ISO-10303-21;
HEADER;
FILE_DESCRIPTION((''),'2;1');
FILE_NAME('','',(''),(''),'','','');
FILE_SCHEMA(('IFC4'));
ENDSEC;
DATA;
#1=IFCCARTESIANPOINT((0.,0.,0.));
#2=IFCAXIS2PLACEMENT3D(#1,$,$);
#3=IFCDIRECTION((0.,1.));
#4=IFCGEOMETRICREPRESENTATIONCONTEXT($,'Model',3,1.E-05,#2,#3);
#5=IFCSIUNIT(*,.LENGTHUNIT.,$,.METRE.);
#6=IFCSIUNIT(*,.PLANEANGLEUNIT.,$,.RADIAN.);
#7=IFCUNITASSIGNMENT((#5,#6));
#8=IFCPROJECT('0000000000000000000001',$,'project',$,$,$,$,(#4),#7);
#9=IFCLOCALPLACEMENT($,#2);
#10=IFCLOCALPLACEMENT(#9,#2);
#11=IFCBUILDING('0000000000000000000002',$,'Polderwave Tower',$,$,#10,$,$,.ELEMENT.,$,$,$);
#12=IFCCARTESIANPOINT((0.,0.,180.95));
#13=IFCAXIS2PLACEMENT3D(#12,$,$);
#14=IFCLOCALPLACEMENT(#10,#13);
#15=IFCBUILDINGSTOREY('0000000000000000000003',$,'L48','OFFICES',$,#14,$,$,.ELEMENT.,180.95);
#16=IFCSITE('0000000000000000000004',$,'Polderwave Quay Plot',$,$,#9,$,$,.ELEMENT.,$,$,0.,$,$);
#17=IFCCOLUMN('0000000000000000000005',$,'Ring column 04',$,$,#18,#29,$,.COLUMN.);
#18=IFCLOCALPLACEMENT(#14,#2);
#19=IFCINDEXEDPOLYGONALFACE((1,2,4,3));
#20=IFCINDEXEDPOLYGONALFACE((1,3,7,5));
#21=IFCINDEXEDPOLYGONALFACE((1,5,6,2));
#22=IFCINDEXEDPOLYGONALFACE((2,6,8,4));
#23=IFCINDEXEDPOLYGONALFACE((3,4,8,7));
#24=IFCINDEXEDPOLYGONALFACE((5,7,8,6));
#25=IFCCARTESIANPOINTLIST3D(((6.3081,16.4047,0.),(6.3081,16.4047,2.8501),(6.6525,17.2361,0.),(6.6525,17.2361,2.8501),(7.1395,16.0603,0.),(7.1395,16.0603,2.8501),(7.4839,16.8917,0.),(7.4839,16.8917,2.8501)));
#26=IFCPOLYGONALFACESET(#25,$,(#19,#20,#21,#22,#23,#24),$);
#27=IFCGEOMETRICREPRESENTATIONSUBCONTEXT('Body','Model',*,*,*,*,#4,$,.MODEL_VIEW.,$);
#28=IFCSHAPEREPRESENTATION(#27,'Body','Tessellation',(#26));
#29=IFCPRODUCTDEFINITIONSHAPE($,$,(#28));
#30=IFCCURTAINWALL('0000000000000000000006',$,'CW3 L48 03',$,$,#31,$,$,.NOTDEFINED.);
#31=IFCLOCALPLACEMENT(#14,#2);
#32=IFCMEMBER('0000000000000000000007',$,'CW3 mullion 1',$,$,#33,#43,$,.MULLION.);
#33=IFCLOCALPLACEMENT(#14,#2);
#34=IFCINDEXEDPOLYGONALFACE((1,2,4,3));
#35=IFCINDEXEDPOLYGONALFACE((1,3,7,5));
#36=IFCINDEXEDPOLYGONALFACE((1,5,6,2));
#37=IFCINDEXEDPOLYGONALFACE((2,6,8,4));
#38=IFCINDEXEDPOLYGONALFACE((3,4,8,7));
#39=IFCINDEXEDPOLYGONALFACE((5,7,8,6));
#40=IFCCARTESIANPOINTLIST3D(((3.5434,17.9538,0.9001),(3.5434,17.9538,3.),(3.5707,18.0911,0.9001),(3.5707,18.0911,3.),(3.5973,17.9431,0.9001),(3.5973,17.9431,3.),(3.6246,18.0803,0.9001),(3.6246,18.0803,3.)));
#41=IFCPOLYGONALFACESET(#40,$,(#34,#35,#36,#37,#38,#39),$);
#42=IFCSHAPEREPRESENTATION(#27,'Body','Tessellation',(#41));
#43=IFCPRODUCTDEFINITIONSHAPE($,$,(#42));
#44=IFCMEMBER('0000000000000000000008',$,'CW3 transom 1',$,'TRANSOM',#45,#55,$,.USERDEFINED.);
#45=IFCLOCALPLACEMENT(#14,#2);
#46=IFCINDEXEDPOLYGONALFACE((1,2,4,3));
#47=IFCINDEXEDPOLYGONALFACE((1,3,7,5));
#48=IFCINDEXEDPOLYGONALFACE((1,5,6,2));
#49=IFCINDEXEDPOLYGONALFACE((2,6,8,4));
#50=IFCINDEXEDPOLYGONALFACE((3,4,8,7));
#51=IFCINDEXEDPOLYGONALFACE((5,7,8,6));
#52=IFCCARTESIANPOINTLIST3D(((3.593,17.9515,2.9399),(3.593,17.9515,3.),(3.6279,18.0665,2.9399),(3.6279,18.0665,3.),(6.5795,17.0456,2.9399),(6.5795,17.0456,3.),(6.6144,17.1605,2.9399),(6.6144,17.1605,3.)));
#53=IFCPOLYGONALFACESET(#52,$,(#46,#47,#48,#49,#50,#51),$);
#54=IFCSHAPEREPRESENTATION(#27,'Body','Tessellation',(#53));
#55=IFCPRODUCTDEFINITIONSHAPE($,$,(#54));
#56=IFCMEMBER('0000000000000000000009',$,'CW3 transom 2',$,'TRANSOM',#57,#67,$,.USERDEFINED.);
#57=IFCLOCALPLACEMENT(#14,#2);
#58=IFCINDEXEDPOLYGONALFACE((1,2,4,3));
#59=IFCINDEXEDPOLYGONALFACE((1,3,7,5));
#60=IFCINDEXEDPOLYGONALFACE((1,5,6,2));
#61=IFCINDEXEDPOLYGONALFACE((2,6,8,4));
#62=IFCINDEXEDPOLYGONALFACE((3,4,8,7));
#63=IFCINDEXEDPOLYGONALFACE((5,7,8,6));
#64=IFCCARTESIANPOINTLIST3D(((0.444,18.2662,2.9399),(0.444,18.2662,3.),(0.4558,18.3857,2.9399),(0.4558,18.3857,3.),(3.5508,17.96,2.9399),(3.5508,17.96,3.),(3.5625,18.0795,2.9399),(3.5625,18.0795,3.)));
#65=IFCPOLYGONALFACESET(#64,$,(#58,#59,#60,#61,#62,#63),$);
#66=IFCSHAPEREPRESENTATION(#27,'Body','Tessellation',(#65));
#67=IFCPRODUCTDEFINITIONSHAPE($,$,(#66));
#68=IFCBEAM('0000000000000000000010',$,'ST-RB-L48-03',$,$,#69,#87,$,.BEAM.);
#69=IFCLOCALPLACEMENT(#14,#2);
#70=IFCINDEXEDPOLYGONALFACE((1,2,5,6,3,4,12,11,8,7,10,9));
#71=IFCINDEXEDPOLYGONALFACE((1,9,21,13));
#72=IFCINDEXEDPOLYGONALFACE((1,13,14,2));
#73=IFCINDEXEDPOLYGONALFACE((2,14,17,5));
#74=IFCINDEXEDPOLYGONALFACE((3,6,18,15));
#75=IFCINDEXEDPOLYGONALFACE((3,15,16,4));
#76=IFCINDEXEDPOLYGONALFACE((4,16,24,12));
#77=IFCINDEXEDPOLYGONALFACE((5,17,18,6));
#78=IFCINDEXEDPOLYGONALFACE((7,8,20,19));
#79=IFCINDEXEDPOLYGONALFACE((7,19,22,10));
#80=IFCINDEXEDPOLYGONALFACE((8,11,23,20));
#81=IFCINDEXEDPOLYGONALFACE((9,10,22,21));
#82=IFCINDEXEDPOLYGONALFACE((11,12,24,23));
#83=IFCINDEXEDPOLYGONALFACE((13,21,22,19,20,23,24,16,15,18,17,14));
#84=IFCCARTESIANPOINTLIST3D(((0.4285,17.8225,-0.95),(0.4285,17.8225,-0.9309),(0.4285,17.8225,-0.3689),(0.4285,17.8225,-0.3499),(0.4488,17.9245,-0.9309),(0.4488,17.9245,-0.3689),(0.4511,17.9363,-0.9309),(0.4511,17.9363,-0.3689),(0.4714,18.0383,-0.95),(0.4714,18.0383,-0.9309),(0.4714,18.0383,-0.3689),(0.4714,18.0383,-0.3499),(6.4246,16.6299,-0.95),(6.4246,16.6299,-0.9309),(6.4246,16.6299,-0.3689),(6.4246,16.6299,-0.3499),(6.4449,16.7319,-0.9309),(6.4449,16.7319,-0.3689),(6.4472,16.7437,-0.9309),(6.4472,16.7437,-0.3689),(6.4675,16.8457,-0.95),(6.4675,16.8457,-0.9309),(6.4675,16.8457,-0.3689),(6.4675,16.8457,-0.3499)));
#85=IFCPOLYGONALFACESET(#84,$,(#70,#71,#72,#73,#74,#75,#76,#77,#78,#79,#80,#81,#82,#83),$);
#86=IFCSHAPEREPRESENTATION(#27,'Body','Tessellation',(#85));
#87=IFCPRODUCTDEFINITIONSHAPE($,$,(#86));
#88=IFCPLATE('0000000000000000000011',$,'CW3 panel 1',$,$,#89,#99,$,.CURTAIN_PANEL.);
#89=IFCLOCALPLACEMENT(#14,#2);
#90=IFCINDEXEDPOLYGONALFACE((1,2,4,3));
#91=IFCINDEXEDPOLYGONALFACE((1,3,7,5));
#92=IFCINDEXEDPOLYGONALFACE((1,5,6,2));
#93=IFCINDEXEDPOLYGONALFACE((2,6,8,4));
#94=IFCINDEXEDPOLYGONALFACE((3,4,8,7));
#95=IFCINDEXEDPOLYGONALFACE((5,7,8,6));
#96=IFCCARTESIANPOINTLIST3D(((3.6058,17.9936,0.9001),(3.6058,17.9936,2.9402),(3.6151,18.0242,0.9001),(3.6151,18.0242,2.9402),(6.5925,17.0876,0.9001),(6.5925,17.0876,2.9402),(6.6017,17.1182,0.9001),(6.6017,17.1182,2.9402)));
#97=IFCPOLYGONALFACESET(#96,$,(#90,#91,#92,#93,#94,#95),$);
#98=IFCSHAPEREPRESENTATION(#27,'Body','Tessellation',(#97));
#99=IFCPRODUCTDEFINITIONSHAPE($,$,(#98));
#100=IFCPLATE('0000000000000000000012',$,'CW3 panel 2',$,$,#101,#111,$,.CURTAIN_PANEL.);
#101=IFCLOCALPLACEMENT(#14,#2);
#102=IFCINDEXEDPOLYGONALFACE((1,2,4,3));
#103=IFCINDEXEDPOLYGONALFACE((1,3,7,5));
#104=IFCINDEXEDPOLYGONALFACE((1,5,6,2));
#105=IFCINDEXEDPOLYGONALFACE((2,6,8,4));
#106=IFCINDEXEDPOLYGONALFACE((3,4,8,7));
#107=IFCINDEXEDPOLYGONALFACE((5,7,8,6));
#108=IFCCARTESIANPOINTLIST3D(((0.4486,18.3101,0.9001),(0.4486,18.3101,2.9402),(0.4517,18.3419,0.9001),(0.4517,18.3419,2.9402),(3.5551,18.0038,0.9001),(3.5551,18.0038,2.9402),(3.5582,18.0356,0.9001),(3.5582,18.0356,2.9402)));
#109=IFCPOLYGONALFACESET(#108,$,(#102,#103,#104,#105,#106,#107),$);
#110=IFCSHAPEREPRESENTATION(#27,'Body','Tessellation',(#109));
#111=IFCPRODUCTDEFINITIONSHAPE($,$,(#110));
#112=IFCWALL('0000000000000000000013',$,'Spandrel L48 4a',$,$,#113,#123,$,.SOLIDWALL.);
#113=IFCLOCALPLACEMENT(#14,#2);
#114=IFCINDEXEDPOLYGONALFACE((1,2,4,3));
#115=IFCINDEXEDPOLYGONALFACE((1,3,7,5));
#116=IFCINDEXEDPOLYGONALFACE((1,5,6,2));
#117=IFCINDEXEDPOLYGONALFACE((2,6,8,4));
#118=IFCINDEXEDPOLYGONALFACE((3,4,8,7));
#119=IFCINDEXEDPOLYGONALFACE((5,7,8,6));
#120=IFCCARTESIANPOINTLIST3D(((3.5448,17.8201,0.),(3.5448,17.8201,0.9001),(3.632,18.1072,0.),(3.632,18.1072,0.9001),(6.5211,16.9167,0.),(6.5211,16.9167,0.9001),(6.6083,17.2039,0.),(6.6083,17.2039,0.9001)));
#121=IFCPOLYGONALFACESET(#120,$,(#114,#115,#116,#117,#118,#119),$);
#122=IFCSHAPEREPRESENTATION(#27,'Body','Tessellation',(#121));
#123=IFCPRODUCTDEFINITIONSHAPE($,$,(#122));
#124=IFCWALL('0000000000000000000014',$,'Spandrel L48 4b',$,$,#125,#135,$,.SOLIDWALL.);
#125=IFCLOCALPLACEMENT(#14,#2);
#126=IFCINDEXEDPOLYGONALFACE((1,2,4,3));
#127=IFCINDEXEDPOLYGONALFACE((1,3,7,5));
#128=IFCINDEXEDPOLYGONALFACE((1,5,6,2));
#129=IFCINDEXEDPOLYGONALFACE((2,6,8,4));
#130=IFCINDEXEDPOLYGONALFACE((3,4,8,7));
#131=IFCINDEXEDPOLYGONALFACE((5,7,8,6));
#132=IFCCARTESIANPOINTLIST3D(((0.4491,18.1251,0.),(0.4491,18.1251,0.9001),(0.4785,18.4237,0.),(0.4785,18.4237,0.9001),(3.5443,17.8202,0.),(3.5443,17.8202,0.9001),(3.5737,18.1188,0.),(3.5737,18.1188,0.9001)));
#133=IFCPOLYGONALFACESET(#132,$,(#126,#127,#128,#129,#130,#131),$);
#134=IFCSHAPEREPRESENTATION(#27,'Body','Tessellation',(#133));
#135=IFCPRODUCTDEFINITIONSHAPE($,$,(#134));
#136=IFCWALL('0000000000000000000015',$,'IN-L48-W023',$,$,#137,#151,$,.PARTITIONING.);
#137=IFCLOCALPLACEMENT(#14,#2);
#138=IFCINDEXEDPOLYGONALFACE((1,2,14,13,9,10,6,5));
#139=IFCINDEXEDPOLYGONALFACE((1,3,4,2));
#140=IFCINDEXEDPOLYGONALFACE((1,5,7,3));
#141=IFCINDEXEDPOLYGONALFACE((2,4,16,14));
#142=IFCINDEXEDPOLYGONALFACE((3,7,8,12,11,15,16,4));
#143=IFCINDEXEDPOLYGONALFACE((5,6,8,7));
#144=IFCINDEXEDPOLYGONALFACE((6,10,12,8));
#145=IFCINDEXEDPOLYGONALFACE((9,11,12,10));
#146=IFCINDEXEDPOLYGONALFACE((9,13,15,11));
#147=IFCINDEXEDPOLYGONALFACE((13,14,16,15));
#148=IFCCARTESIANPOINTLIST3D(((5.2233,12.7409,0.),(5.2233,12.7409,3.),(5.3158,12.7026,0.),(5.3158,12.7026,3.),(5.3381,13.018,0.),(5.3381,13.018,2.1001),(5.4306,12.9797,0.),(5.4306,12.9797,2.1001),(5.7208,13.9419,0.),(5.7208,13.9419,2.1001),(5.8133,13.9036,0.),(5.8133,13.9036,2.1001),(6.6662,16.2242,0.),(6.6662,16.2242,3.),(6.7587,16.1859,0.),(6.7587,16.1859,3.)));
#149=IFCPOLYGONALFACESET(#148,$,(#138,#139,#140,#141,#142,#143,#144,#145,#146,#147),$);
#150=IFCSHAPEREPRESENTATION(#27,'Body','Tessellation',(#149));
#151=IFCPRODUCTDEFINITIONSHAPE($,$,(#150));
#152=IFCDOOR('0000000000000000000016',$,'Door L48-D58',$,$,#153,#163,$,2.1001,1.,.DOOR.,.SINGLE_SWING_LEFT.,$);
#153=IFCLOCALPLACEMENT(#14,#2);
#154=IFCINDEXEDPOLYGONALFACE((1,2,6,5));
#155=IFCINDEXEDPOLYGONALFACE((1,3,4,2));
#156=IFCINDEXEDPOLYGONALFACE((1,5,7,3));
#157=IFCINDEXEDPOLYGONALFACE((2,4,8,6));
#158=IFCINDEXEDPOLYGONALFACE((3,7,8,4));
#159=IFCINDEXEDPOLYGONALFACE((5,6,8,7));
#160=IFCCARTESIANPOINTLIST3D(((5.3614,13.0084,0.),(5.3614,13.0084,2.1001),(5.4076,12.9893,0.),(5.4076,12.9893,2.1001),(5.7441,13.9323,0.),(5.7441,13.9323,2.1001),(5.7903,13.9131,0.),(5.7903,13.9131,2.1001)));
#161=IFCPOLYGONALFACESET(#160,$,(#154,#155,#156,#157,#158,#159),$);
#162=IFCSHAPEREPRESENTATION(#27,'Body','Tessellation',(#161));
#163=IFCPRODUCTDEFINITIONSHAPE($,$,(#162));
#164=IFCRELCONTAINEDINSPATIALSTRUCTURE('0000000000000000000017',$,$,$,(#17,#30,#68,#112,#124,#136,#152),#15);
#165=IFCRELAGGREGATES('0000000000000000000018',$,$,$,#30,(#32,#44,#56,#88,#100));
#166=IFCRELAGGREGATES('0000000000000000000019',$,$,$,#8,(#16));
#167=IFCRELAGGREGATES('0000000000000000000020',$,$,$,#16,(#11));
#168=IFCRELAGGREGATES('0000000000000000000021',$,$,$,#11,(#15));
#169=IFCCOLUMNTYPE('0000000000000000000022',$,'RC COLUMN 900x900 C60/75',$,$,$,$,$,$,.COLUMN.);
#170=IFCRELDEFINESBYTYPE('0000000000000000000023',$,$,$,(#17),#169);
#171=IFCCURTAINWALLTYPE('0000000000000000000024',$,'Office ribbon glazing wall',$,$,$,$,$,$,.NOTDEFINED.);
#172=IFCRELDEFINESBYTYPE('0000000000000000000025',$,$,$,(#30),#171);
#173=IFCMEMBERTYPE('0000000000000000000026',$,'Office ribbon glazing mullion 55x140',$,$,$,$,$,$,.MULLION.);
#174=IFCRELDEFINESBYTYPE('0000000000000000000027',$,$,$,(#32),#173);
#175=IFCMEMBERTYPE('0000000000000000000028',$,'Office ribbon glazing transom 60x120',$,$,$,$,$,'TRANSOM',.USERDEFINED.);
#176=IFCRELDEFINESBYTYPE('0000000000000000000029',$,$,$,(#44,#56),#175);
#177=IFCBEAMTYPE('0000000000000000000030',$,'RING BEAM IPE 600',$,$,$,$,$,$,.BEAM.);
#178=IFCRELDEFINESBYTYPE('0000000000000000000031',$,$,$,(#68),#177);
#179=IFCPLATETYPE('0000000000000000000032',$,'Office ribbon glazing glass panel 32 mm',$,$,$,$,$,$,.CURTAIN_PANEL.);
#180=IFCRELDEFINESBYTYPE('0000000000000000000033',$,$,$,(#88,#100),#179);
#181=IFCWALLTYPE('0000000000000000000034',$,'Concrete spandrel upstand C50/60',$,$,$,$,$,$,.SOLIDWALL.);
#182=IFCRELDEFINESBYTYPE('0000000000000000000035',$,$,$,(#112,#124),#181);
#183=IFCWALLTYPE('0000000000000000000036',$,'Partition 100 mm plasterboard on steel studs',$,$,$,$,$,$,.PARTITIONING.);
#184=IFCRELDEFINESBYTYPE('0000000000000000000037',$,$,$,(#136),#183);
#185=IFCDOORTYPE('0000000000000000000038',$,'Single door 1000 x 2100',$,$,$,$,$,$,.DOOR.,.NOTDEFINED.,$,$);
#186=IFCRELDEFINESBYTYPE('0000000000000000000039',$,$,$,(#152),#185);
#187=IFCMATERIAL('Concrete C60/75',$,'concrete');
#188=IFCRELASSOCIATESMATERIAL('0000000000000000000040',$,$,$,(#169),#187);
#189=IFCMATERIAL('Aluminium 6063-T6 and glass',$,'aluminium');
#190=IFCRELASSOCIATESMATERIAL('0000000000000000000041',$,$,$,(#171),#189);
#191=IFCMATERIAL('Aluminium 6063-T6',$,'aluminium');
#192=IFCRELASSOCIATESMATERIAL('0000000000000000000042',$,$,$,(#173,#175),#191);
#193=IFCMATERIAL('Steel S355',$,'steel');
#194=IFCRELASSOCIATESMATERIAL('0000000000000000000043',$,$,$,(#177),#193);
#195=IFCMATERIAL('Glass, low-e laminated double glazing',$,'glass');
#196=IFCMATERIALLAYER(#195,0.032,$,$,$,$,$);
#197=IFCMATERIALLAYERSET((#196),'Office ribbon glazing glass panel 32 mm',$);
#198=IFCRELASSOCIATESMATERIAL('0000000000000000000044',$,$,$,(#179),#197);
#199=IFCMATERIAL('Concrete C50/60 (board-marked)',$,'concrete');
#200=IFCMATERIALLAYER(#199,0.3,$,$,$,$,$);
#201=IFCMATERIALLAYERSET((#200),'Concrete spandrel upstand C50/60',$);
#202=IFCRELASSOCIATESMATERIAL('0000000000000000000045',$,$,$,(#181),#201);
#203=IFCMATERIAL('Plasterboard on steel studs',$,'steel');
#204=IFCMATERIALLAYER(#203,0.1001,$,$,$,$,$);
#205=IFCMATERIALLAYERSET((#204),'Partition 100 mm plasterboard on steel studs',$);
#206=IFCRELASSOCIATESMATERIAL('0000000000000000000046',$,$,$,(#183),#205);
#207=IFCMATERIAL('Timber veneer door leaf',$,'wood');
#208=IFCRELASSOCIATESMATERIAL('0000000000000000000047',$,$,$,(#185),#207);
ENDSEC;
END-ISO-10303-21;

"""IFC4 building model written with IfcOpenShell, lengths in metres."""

from ifc_helpers import new_model, si_unit, direction, frame, frame_2d, origin, origin_2d, place, context, subcontext, project, spatial, rectangle, i_section, extrude, material, layer, layer_set, material_profile, profile_set, type_object, element, fill, aggregate, save


model = new_model("IFC4")

# Units and contexts
model_context = context("Model", 3, precision=1e-05, world=origin(), true_north=direction((0.0, 1.0)))
body_context = subcontext(model_context, "Body", "Model", "MODEL_VIEW")
ifc_project = project(units=[si_unit("LENGTHUNIT", "METRE"), si_unit("PLANEANGLEUNIT", "RADIAN")], contexts=[model_context])

# Site, building, storey
site_placement = place(None, origin())
site = spatial("IfcSite", under=ifc_project, at=site_placement, Name="Polderwave Quay Plot", CompositionType="ELEMENT", RefElevation=0.0)
building_placement = place(site_placement, origin())
building = spatial("IfcBuilding", under=site, at=building_placement, Name="Polderwave Tower", CompositionType="ELEMENT")
storey_placement = place(building_placement, frame((0.0, 0.0, 180.95)))
storey = spatial("IfcBuildingStorey", under=building, at=storey_placement, Name="L48", Description="OFFICES", CompositionType="ELEMENT", Elevation=180.95)

# Column
ifc_material_1 = material(Name="Concrete C60/75", Category="concrete")
ifc_material_profile_1 = material_profile(ifc_material_1, rectangle(XDim=0.8999, YDim=0.8999, at=origin_2d()), Name="RC 900x900")
ifc_profile_set_1 = profile_set([ifc_material_profile_1], Name="Concrete C60/75")
column_type = type_object("IfcColumnType", Name="RC COLUMN 900x900 C60/75", PredefinedType="COLUMN", material=ifc_profile_set_1)
column_placement = place(storey_placement, frame((6.896, 16.6482, 0.0), z_axis=(0.0, 0.0, 1.0), x_axis=(0.382683, 0.92388, 0.0)))
element("IfcColumn", 1, at=column_placement, inside=storey, type_object=column_type, Name="Ring column 04", PredefinedType="COLUMN", context=body_context, shape_type="SweptSolid", body=[
    extrude(rectangle(XDim=0.8999, YDim=0.8999, at=origin_2d()), origin(), (0.0, 0.0, 1.0), 2.8501),
])

# Curtain wall, members
ifc_material_2 = material(Name="Aluminium 6063-T6 and glass", Category="aluminium")
curtain_wall_type = type_object("IfcCurtainWallType", Name="Office ribbon glazing wall", PredefinedType="NOTDEFINED", material=ifc_material_2)
curtain_wall_placement = place(storey_placement, origin())
curtain_wall = element("IfcCurtainWall", 2, at=curtain_wall_placement, inside=storey, type_object=curtain_wall_type, Name="CW3 L48 03", PredefinedType="NOTDEFINED")
ifc_material_3 = material(Name="Aluminium 6063-T6", Category="aluminium")
ifc_material_profile_2 = material_profile(ifc_material_3, rectangle(XDim=0.1399, YDim=0.0549, at=origin_2d()), Name="AL 55x140")
ifc_profile_set_2 = profile_set([ifc_material_profile_2], Name="Aluminium 6063-T6")
member_type_1 = type_object("IfcMemberType", Name="Office ribbon glazing mullion 55x140", PredefinedType="MULLION", material=ifc_profile_set_2)
member_1_placement = place(storey_placement, frame((3.584, 18.0171, 0.9001), z_axis=(0.0, 0.0, 1.0), x_axis=(-0.195143, -0.980775, 0.0)))
member_1 = element("IfcMember", 3, at=member_1_placement, type_object=member_type_1, Name="CW3 mullion 1", PredefinedType="MULLION", context=body_context, shape_type="SweptSolid", body=[
    extrude(rectangle(XDim=0.1399, YDim=0.0549, at=origin_2d()), origin(), (0.0, 0.0, 1.0), 2.0999),
])
ifc_material_profile_3 = material_profile(ifc_material_3, rectangle(XDim=0.1201, YDim=0.0601, at=origin_2d()), Name="AL 60x120")
ifc_profile_set_3 = profile_set([ifc_material_profile_3], Name="Aluminium 6063-T6")
member_type_2 = type_object("IfcMemberType", Name="Office ribbon glazing transom 60x120", ElementType="TRANSOM", PredefinedType="USERDEFINED", material=ifc_profile_set_3)
member_2_placement = place(storey_placement, frame((6.5969, 17.103, 2.97), z_axis=(-0.956937, 0.290296, 0.0), x_axis=(-0.290296, -0.956937, 0.0)))
member_2 = element("IfcMember", 4, at=member_2_placement, type_object=member_type_2, Name="CW3 transom 1", ObjectType="TRANSOM", PredefinedType="USERDEFINED", context=body_context, shape_type="SweptSolid", body=[
    extrude(rectangle(XDim=0.1201, YDim=0.0601, at=origin_2d()), origin(), (0.0, 0.0, 1.0), 3.1208),
])
member_3_placement = place(storey_placement, frame((3.5566, 18.0198, 2.97), z_axis=(-0.995179, 0.098071, 0.0), x_axis=(-0.098071, -0.995179, 0.0)))
member_3 = element("IfcMember", 5, at=member_3_placement, type_object=member_type_2, Name="CW3 transom 2", ObjectType="TRANSOM", PredefinedType="USERDEFINED", context=body_context, shape_type="SweptSolid", body=[
    extrude(rectangle(XDim=0.1201, YDim=0.0601, at=origin_2d()), origin(), (0.0, 0.0, 1.0), 3.1218),
])

# Beam
ifc_material_4 = material(Name="Steel S355", Category="steel")
ifc_material_profile_4 = material_profile(ifc_material_4, i_section(OverallWidth=0.22, OverallDepth=0.6001, WebThickness=0.012, FlangeThickness=0.019, at=origin_2d()), Name="IPE 600")
ifc_profile_set_4 = profile_set([ifc_material_profile_4], Name="Steel S355")
beam_type = type_object("IfcBeamType", Name="RING BEAM IPE 600", PredefinedType="BEAM", material=ifc_profile_set_4)
beam_placement = place(storey_placement, frame((6.446, 16.7378, -0.6499), z_axis=(-0.980787, 0.195079, 0.0), x_axis=(-0.195079, -0.980787, 0.0)))
element("IfcBeam", 6, at=beam_placement, inside=storey, type_object=beam_type, Name="ST-RB-L48-03", PredefinedType="BEAM", context=body_context, shape_type="SweptSolid", body=[
    extrude(i_section(OverallWidth=0.22, OverallDepth=0.6001, WebThickness=0.012, FlangeThickness=0.019, at=origin_2d()), origin(), (0.0, 0.0, 1.0), 6.1135),
])

# Plates
ifc_material_5 = material(Name="Glass, low-e laminated double glazing", Category="glass")
ifc_layer_1 = layer(ifc_material_5, 0.032)
ifc_layer_set_1 = layer_set([ifc_layer_1], Name="Office ribbon glazing glass panel 32 mm")
plate_type = type_object("IfcPlateType", Name="Office ribbon glazing glass panel 32 mm", PredefinedType="CURTAIN_PANEL", material=ifc_layer_set_1)
plate_1_placement = place(storey_placement, frame((5.1038, 17.5559, 0.9001), z_axis=(0.0, 0.0, 1.0), x_axis=(-0.956939, 0.29029, 0.0)))
plate_1 = element("IfcPlate", 7, at=plate_1_placement, type_object=plate_type, Name="CW3 panel 1", PredefinedType="CURTAIN_PANEL", context=body_context, shape_type="SweptSolid", body=[
    extrude(rectangle(XDim=3.1211, YDim=0.032, at=origin_2d()), origin(), (0.0, 0.0, 1.0), 2.04),
])
plate_2_placement = place(storey_placement, frame((2.0034, 18.1729, 0.9001), z_axis=(0.0, 0.0, 1.0), x_axis=(-0.995175, 0.09812, 0.0)))
plate_2 = element("IfcPlate", 8, at=plate_2_placement, type_object=plate_type, Name="CW3 panel 2", PredefinedType="CURTAIN_PANEL", context=body_context, shape_type="SweptSolid", body=[
    extrude(rectangle(XDim=3.1216, YDim=0.032, at=origin_2d()), origin(), (0.0, 0.0, 1.0), 2.04),
])
aggregate(curtain_wall, [member_1, member_2, member_3, plate_1, plate_2])

# Walls
ifc_material_6 = material(Name="Concrete C50/60 (board-marked)", Category="concrete")
ifc_layer_2 = layer(ifc_material_6, 0.3)
ifc_layer_set_2 = layer_set([ifc_layer_2], Name="Concrete spandrel upstand C50/60")
wall_type_1 = type_object("IfcWallType", Name="Concrete spandrel upstand C50/60", PredefinedType="SOLIDWALL", material=ifc_layer_set_2)
wall_1_placement = place(storey_placement, frame((6.5647, 17.0603, 0.0), z_axis=(0.0, 0.0, 1.0), x_axis=(-0.956899, 0.290421, 0.0)))
element("IfcWall", 9, at=wall_1_placement, inside=storey, type_object=wall_type_1, Name="Spandrel L48 4a", PredefinedType="SOLIDWALL", context=body_context, shape_type="SweptSolid", body=[
    extrude(rectangle(XDim=3.1104, YDim=0.3, at=frame_2d((1.5552, 0.0))), origin(), (0.0, 0.0, 1.0), 0.9001),
])
wall_2_placement = place(storey_placement, frame((3.5591, 17.9695, 0.0), z_axis=(0.0, 0.0, 1.0), x_axis=(-0.995182, 0.098042, 0.0)))
element("IfcWall", 10, at=wall_2_placement, inside=storey, type_object=wall_type_1, Name="Spandrel L48 4b", PredefinedType="SOLIDWALL", context=body_context, shape_type="SweptSolid", body=[
    extrude(rectangle(XDim=3.1101, YDim=0.3, at=frame_2d((1.5552, 0.0))), origin(), (0.0, 0.0, 1.0), 0.9001),
])

# Wall, opening, door
ifc_material_7 = material(Name="Plasterboard on steel studs", Category="steel")
ifc_layer_3 = layer(ifc_material_7, 0.1001)
ifc_layer_set_3 = layer_set([ifc_layer_3], Name="Partition 100 mm plasterboard on steel studs")
wall_type_2 = type_object("IfcWallType", Name="Partition 100 mm plasterboard on steel studs", PredefinedType="PARTITIONING", material=ifc_layer_set_3)
wall_3_placement = place(storey_placement, frame((5.2695, 12.7217, 0.0), z_axis=(0.0, 0.0, 1.0), x_axis=(0.382706, 0.92387, 0.0)))
wall_3 = element("IfcWall", 11, at=wall_3_placement, inside=storey, type_object=wall_type_2, Name="IN-L48-W023", PredefinedType="PARTITIONING", context=body_context, shape_type="SweptSolid", body=[
    extrude(rectangle(XDim=3.7703, YDim=0.1001, at=frame_2d((1.8853, 0.0))), origin(), (0.0, 0.0, 1.0), 3.0),
])
opening_1_placement = place(wall_3_placement, frame((0.3, 0.0, 0.0)))
opening_1 = element("IfcOpeningElement", 12, at=opening_1_placement, cuts=wall_3, PredefinedType="OPENING", context=body_context, shape_type="SweptSolid", body=[
    extrude(rectangle(XDim=1.0, YDim=2.1001, at=frame_2d((0.5, 1.05))), frame((0.0, 0.0601, 0.0), z_axis=(0.0, -1.0, 0.0), x_axis=(1.0, 0.0, 0.0)), (0.0, 0.0, 1.0), 0.1201),
])
ifc_material_8 = material(Name="Timber veneer door leaf", Category="wood")
door_type_1 = type_object("IfcDoorType", Name="Single door 1000 x 2100", OperationType="NOTDEFINED", PredefinedType="DOOR", material=ifc_material_8)
door_1_placement = place(opening_1_placement, origin())
door_1 = element("IfcDoor", 13, at=door_1_placement, inside=storey, type_object=door_type_1, Name="Door L48-D58", OperationType="SINGLE_SWING_LEFT", OverallHeight=2.1001, OverallWidth=1.0, PredefinedType="DOOR", context=body_context, shape_type="SweptSolid", body=[
    extrude(rectangle(XDim=1.0, YDim=2.1001, at=frame_2d((0.5, 1.05))), frame((0.0, 0.0249, 0.0), z_axis=(0.0, -1.0, 0.0), x_axis=(1.0, 0.0, 0.0)), (0.0, 0.0, 1.0), 0.05),
])
fill(opening_1, door_1)

save(model, "model.ifc")
